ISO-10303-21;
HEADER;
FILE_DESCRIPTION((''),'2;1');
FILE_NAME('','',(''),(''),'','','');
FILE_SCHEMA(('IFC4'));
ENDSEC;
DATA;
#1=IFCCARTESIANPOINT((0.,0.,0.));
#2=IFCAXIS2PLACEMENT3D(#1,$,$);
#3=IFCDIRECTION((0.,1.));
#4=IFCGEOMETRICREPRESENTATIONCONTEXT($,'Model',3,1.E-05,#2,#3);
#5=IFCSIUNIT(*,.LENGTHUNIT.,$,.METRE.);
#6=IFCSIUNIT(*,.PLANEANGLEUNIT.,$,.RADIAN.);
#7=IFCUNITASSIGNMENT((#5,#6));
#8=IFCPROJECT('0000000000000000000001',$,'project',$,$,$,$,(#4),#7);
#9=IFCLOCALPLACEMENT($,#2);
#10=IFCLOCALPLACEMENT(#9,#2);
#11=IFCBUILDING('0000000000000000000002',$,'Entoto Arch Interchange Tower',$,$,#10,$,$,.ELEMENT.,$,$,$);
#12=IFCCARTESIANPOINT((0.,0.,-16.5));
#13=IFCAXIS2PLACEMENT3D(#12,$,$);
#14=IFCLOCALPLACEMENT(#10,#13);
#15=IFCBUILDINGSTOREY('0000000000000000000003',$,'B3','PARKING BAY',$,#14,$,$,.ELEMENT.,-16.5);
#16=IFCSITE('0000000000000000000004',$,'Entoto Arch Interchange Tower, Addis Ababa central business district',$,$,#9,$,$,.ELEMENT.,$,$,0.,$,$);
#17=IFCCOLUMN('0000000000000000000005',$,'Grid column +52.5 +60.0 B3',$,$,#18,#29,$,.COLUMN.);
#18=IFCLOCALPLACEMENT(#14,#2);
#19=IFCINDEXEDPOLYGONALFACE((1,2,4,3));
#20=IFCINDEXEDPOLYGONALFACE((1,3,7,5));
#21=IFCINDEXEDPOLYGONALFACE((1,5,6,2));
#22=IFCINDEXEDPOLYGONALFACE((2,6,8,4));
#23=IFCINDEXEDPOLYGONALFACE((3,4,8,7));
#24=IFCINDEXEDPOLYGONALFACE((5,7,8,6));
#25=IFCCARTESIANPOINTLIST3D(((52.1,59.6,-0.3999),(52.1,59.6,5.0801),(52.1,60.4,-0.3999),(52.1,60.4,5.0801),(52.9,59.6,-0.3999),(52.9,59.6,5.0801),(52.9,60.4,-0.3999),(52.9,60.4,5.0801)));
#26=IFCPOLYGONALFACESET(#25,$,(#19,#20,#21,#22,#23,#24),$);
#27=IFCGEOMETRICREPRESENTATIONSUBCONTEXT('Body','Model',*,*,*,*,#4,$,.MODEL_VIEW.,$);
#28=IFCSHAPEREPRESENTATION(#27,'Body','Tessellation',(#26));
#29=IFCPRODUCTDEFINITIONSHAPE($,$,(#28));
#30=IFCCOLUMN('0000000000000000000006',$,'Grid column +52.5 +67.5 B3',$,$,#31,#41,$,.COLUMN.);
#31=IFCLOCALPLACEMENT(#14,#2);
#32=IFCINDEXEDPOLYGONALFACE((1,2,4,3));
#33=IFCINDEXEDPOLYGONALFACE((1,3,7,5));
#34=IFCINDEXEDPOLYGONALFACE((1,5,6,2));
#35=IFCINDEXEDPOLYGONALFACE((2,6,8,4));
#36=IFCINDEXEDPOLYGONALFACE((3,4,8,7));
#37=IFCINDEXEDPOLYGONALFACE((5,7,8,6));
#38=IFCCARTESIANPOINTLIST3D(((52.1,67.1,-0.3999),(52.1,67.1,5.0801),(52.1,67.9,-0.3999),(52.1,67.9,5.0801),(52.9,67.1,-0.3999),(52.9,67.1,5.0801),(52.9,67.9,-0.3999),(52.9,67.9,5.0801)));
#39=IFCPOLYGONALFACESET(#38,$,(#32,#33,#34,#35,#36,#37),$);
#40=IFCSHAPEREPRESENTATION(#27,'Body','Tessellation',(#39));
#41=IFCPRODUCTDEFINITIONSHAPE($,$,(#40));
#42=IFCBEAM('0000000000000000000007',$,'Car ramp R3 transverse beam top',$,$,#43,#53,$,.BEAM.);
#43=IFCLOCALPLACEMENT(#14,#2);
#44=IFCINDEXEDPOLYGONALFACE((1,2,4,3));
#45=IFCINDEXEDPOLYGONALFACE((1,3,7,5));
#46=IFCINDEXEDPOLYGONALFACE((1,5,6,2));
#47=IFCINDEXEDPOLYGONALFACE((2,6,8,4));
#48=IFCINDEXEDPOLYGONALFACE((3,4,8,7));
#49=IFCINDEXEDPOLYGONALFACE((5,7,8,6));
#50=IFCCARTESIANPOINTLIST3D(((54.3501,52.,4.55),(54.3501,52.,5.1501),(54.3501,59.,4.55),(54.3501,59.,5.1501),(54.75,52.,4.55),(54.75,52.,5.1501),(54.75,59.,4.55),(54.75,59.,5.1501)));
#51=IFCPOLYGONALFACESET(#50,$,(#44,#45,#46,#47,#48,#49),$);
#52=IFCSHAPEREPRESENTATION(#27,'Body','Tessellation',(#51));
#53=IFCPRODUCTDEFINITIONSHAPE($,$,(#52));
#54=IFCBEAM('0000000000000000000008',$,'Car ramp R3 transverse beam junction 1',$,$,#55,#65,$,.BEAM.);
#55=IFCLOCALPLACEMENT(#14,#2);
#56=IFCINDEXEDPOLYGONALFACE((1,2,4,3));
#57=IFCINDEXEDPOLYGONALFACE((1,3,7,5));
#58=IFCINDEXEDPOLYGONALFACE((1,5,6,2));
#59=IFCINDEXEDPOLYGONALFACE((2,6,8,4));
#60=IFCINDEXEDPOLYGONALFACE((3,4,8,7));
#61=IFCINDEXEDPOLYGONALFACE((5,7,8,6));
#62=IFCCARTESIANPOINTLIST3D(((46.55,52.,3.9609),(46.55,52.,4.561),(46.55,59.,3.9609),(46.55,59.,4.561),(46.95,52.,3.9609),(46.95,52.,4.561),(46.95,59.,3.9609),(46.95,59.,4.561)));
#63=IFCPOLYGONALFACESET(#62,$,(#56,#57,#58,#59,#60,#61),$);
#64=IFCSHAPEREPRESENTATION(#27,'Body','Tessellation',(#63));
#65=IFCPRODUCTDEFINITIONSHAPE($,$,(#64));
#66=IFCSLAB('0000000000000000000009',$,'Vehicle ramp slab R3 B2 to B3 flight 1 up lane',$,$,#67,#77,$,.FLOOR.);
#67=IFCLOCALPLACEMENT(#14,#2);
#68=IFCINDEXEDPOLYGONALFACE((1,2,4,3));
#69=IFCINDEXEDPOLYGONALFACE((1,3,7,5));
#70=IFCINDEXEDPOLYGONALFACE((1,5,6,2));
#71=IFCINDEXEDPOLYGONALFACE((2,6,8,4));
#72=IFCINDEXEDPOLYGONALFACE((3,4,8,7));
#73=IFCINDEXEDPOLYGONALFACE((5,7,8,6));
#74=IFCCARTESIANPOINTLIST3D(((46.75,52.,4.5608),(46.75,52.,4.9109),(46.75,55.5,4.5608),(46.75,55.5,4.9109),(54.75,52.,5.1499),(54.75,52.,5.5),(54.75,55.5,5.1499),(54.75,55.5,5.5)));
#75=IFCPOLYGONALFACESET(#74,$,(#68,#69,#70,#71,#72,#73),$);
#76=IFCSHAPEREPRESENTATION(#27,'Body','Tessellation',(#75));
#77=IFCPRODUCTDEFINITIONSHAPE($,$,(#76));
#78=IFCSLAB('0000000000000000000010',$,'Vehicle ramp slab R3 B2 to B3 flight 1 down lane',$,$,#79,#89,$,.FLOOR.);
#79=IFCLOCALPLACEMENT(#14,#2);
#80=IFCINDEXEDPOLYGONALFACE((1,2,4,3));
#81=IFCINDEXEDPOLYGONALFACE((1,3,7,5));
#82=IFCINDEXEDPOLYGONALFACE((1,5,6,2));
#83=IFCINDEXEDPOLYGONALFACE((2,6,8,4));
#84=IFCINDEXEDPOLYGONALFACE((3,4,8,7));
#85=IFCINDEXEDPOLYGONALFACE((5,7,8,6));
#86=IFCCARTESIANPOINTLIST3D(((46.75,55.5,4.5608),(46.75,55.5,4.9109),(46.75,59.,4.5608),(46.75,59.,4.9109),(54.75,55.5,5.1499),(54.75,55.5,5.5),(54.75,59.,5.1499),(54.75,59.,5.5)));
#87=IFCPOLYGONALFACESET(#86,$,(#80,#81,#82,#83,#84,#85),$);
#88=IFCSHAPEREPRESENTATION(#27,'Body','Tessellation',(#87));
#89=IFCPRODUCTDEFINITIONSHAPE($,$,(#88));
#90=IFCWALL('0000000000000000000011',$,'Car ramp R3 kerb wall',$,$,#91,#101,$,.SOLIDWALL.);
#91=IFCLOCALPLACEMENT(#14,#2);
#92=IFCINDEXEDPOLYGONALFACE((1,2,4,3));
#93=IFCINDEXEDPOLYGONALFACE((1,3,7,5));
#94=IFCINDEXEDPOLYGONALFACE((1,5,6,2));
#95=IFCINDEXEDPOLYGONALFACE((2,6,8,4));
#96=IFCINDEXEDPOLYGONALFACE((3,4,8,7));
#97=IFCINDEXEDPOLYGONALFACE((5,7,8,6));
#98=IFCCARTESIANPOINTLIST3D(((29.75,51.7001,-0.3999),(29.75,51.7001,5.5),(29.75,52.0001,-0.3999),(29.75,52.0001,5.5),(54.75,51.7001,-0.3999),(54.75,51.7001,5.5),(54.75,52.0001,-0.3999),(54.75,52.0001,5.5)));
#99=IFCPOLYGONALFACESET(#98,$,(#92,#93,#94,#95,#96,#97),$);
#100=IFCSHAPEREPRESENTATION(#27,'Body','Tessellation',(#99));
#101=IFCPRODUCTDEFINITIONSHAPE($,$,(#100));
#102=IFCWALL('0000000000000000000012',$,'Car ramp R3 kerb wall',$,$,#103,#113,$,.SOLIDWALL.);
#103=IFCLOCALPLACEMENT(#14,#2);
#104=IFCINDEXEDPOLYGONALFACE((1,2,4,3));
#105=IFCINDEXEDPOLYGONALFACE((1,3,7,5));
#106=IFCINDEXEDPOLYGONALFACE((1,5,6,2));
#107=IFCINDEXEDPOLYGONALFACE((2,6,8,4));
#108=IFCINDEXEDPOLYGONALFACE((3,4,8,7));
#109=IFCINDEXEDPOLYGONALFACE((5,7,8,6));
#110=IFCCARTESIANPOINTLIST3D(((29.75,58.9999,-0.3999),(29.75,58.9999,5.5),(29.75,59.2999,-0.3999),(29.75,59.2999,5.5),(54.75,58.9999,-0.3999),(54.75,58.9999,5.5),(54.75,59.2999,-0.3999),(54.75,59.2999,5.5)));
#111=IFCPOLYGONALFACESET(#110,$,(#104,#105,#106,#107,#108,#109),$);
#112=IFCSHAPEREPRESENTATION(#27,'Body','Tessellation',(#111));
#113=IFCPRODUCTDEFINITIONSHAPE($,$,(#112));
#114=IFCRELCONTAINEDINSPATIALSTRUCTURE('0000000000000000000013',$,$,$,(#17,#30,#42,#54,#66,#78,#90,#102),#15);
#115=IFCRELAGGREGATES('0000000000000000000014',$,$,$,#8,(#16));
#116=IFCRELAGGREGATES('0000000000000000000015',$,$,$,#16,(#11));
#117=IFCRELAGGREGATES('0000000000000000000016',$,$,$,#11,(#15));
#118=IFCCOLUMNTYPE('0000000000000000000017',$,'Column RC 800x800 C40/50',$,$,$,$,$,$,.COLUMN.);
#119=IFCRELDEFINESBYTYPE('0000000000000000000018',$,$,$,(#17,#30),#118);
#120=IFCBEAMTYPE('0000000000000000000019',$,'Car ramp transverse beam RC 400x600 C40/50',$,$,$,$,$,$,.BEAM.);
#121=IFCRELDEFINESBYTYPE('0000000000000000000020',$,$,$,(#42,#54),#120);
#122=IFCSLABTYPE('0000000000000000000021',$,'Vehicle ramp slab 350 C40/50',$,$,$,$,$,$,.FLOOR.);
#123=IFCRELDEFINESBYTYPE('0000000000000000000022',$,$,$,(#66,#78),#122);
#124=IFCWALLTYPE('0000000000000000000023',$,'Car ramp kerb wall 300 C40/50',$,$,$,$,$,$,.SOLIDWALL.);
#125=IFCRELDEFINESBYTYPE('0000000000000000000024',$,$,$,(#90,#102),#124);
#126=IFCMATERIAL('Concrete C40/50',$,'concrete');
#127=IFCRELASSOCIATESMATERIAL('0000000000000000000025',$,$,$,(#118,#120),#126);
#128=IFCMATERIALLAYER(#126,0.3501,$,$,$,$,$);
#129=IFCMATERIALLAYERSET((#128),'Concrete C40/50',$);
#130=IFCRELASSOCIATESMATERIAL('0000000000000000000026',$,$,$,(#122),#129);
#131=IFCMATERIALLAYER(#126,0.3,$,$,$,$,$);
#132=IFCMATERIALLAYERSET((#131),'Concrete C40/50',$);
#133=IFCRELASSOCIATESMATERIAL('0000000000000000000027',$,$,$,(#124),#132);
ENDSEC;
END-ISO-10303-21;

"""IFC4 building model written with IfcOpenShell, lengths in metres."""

from ifc_helpers import new_model, si_unit, direction, frame, frame_2d, origin, origin_2d, place, context, subcontext, project, spatial, polyline, rectangle, outline, extrude, material, layer, layer_set, material_profile, profile_set, type_object, element, save


model = new_model("IFC4")

# Units and contexts
model_context = context("Model", 3, precision=1e-05, world=origin(), true_north=direction((0.0, 1.0)))
body_context = subcontext(model_context, "Body", "Model", "MODEL_VIEW")
ifc_project = project(units=[si_unit("LENGTHUNIT", "METRE"), si_unit("PLANEANGLEUNIT", "RADIAN")], contexts=[model_context])

# Site, building, storey
site_placement = place(None, origin())
site = spatial("IfcSite", under=ifc_project, at=site_placement, Name="Entoto Arch Interchange Tower, Addis Ababa central business district", CompositionType="ELEMENT", RefElevation=0.0)
building_placement = place(site_placement, origin())
building = spatial("IfcBuilding", under=site, at=building_placement, Name="Entoto Arch Interchange Tower", CompositionType="ELEMENT")
storey_placement = place(building_placement, frame((0.0, 0.0, -16.5)))
storey = spatial("IfcBuildingStorey", under=building, at=storey_placement, Name="B3", Description="PARKING BAY", CompositionType="ELEMENT", Elevation=-16.5)

# Columns
ifc_material_1 = material(Name="Concrete C40/50", Category="concrete")
ifc_material_profile_1 = material_profile(ifc_material_1, rectangle(XDim=0.8, YDim=0.8, at=origin_2d()))
ifc_profile_set_1 = profile_set([ifc_material_profile_1], Name="Concrete C40/50")
column_type_1 = type_object("IfcColumnType", Name="Column RC 800x800 C40/50", PredefinedType="COLUMN", material=ifc_profile_set_1)
for number, where, z_axis, x_axis, name in (
    (1, (52.5, 60.0, -0.3999), (0.0, 0.0, 1.0), (1.0, 0.0, 0.0), "Grid column +52.5 +60.0 B3"),
    (2, (52.5, 67.5, -0.3999), (0.0, 0.0, 1.0), (1.0, 0.0, 0.0), "Grid column +52.5 +67.5 B3"),
):
    element("IfcColumn", number, at=place(storey_placement, frame(where, z_axis=z_axis, x_axis=x_axis)), inside=storey, type_object=column_type_1, Name=name, PredefinedType="COLUMN", context=body_context, shape_type="SweptSolid", body=[
        extrude(rectangle(XDim=0.8, YDim=0.8, at=origin_2d()), origin(), (0.0, 0.0, 1.0), 5.48),
    ])

# Beams
ifc_material_profile_2 = material_profile(ifc_material_1, rectangle(XDim=0.3999, YDim=0.6001, at=origin_2d()))
ifc_profile_set_2 = profile_set([ifc_material_profile_2], Name="Concrete C40/50")
beam_type = type_object("IfcBeamType", Name="Car ramp transverse beam RC 400x600 C40/50", PredefinedType="BEAM", material=ifc_profile_set_2)
for number, where, z_axis, x_axis, name in (
    (3, (54.55, 52.0, 4.8501), (0.0, 1.0, 0.0), (-1.0, 0.0, 0.0), "Car ramp R3 transverse beam top"),
    (4, (46.75, 52.0, 4.261), (0.0, 1.0, 0.0), (-1.0, 0.0, 0.0), "Car ramp R3 transverse beam junction 1"),
):
    element("IfcBeam", number, at=place(storey_placement, frame(where, z_axis=z_axis, x_axis=x_axis)), inside=storey, type_object=beam_type, Name=name, PredefinedType="BEAM", context=body_context, shape_type="SweptSolid", body=[
        extrude(rectangle(XDim=0.3999, YDim=0.6001, at=origin_2d()), origin(), (0.0, 0.0, 1.0), 7.0),
    ])

# Slabs
ifc_layer_1 = layer(ifc_material_1, 0.3501)
ifc_layer_set_1 = layer_set([ifc_layer_1], Name="Concrete C40/50")
slab_type = type_object("IfcSlabType", Name="Vehicle ramp slab 350 C40/50", PredefinedType="FLOOR", material=ifc_layer_set_1)
for number, where, z_axis, x_axis, name in (
    (5, (46.75, 52.0, 4.9109), (0.0, 0.0, 1.0), (1.0, 0.0, 0.0), "Vehicle ramp slab R3 B2 to B3 flight 1 up lane"),
    (6, (46.75, 55.5, 4.9109), (0.0, 0.0, 1.0), (1.0, 0.0, 0.0), "Vehicle ramp slab R3 B2 to B3 flight 1 down lane"),
):
    element("IfcSlab", number, at=place(storey_placement, frame(where, z_axis=z_axis, x_axis=x_axis)), inside=storey, type_object=slab_type, Name=name, PredefinedType="FLOOR", context=body_context, shape_type="SweptSolid", body=[
        extrude(outline(polyline([(0.0, -0.3501), (8.0, 0.239), (8.0, 0.5891), (0.0, 0.0), (0.0, -0.3501)])), frame((0.0, 3.5, 0.0), z_axis=(0.0, -1.0, 0.0), x_axis=(1.0, 0.0, 0.0)), (0.0, 0.0, 1.0), 3.5),
    ])

# Walls
ifc_layer_2 = layer(ifc_material_1, 0.3)
ifc_layer_set_2 = layer_set([ifc_layer_2], Name="Concrete C40/50")
wall_type = type_object("IfcWallType", Name="Car ramp kerb wall 300 C40/50", PredefinedType="SOLIDWALL", material=ifc_layer_set_2)
for number, where, z_axis, x_axis, name in (
    (7, (29.75, 51.8501, -0.3999), (0.0, 0.0, 1.0), (1.0, 0.0, 0.0), "Car ramp R3 kerb wall"),
    (8, (29.75, 59.1499, -0.3999), (0.0, 0.0, 1.0), (1.0, 0.0, 0.0), "Car ramp R3 kerb wall"),
):
    element("IfcWall", number, at=place(storey_placement, frame(where, z_axis=z_axis, x_axis=x_axis)), inside=storey, type_object=wall_type, Name=name, PredefinedType="SOLIDWALL", context=body_context, shape_type="SweptSolid", body=[
        extrude(rectangle(XDim=25.0, YDim=0.3, at=frame_2d((12.5, 0.0))), origin(), (0.0, 0.0, 1.0), 5.8999),
    ])

save(model, "model.ifc")
